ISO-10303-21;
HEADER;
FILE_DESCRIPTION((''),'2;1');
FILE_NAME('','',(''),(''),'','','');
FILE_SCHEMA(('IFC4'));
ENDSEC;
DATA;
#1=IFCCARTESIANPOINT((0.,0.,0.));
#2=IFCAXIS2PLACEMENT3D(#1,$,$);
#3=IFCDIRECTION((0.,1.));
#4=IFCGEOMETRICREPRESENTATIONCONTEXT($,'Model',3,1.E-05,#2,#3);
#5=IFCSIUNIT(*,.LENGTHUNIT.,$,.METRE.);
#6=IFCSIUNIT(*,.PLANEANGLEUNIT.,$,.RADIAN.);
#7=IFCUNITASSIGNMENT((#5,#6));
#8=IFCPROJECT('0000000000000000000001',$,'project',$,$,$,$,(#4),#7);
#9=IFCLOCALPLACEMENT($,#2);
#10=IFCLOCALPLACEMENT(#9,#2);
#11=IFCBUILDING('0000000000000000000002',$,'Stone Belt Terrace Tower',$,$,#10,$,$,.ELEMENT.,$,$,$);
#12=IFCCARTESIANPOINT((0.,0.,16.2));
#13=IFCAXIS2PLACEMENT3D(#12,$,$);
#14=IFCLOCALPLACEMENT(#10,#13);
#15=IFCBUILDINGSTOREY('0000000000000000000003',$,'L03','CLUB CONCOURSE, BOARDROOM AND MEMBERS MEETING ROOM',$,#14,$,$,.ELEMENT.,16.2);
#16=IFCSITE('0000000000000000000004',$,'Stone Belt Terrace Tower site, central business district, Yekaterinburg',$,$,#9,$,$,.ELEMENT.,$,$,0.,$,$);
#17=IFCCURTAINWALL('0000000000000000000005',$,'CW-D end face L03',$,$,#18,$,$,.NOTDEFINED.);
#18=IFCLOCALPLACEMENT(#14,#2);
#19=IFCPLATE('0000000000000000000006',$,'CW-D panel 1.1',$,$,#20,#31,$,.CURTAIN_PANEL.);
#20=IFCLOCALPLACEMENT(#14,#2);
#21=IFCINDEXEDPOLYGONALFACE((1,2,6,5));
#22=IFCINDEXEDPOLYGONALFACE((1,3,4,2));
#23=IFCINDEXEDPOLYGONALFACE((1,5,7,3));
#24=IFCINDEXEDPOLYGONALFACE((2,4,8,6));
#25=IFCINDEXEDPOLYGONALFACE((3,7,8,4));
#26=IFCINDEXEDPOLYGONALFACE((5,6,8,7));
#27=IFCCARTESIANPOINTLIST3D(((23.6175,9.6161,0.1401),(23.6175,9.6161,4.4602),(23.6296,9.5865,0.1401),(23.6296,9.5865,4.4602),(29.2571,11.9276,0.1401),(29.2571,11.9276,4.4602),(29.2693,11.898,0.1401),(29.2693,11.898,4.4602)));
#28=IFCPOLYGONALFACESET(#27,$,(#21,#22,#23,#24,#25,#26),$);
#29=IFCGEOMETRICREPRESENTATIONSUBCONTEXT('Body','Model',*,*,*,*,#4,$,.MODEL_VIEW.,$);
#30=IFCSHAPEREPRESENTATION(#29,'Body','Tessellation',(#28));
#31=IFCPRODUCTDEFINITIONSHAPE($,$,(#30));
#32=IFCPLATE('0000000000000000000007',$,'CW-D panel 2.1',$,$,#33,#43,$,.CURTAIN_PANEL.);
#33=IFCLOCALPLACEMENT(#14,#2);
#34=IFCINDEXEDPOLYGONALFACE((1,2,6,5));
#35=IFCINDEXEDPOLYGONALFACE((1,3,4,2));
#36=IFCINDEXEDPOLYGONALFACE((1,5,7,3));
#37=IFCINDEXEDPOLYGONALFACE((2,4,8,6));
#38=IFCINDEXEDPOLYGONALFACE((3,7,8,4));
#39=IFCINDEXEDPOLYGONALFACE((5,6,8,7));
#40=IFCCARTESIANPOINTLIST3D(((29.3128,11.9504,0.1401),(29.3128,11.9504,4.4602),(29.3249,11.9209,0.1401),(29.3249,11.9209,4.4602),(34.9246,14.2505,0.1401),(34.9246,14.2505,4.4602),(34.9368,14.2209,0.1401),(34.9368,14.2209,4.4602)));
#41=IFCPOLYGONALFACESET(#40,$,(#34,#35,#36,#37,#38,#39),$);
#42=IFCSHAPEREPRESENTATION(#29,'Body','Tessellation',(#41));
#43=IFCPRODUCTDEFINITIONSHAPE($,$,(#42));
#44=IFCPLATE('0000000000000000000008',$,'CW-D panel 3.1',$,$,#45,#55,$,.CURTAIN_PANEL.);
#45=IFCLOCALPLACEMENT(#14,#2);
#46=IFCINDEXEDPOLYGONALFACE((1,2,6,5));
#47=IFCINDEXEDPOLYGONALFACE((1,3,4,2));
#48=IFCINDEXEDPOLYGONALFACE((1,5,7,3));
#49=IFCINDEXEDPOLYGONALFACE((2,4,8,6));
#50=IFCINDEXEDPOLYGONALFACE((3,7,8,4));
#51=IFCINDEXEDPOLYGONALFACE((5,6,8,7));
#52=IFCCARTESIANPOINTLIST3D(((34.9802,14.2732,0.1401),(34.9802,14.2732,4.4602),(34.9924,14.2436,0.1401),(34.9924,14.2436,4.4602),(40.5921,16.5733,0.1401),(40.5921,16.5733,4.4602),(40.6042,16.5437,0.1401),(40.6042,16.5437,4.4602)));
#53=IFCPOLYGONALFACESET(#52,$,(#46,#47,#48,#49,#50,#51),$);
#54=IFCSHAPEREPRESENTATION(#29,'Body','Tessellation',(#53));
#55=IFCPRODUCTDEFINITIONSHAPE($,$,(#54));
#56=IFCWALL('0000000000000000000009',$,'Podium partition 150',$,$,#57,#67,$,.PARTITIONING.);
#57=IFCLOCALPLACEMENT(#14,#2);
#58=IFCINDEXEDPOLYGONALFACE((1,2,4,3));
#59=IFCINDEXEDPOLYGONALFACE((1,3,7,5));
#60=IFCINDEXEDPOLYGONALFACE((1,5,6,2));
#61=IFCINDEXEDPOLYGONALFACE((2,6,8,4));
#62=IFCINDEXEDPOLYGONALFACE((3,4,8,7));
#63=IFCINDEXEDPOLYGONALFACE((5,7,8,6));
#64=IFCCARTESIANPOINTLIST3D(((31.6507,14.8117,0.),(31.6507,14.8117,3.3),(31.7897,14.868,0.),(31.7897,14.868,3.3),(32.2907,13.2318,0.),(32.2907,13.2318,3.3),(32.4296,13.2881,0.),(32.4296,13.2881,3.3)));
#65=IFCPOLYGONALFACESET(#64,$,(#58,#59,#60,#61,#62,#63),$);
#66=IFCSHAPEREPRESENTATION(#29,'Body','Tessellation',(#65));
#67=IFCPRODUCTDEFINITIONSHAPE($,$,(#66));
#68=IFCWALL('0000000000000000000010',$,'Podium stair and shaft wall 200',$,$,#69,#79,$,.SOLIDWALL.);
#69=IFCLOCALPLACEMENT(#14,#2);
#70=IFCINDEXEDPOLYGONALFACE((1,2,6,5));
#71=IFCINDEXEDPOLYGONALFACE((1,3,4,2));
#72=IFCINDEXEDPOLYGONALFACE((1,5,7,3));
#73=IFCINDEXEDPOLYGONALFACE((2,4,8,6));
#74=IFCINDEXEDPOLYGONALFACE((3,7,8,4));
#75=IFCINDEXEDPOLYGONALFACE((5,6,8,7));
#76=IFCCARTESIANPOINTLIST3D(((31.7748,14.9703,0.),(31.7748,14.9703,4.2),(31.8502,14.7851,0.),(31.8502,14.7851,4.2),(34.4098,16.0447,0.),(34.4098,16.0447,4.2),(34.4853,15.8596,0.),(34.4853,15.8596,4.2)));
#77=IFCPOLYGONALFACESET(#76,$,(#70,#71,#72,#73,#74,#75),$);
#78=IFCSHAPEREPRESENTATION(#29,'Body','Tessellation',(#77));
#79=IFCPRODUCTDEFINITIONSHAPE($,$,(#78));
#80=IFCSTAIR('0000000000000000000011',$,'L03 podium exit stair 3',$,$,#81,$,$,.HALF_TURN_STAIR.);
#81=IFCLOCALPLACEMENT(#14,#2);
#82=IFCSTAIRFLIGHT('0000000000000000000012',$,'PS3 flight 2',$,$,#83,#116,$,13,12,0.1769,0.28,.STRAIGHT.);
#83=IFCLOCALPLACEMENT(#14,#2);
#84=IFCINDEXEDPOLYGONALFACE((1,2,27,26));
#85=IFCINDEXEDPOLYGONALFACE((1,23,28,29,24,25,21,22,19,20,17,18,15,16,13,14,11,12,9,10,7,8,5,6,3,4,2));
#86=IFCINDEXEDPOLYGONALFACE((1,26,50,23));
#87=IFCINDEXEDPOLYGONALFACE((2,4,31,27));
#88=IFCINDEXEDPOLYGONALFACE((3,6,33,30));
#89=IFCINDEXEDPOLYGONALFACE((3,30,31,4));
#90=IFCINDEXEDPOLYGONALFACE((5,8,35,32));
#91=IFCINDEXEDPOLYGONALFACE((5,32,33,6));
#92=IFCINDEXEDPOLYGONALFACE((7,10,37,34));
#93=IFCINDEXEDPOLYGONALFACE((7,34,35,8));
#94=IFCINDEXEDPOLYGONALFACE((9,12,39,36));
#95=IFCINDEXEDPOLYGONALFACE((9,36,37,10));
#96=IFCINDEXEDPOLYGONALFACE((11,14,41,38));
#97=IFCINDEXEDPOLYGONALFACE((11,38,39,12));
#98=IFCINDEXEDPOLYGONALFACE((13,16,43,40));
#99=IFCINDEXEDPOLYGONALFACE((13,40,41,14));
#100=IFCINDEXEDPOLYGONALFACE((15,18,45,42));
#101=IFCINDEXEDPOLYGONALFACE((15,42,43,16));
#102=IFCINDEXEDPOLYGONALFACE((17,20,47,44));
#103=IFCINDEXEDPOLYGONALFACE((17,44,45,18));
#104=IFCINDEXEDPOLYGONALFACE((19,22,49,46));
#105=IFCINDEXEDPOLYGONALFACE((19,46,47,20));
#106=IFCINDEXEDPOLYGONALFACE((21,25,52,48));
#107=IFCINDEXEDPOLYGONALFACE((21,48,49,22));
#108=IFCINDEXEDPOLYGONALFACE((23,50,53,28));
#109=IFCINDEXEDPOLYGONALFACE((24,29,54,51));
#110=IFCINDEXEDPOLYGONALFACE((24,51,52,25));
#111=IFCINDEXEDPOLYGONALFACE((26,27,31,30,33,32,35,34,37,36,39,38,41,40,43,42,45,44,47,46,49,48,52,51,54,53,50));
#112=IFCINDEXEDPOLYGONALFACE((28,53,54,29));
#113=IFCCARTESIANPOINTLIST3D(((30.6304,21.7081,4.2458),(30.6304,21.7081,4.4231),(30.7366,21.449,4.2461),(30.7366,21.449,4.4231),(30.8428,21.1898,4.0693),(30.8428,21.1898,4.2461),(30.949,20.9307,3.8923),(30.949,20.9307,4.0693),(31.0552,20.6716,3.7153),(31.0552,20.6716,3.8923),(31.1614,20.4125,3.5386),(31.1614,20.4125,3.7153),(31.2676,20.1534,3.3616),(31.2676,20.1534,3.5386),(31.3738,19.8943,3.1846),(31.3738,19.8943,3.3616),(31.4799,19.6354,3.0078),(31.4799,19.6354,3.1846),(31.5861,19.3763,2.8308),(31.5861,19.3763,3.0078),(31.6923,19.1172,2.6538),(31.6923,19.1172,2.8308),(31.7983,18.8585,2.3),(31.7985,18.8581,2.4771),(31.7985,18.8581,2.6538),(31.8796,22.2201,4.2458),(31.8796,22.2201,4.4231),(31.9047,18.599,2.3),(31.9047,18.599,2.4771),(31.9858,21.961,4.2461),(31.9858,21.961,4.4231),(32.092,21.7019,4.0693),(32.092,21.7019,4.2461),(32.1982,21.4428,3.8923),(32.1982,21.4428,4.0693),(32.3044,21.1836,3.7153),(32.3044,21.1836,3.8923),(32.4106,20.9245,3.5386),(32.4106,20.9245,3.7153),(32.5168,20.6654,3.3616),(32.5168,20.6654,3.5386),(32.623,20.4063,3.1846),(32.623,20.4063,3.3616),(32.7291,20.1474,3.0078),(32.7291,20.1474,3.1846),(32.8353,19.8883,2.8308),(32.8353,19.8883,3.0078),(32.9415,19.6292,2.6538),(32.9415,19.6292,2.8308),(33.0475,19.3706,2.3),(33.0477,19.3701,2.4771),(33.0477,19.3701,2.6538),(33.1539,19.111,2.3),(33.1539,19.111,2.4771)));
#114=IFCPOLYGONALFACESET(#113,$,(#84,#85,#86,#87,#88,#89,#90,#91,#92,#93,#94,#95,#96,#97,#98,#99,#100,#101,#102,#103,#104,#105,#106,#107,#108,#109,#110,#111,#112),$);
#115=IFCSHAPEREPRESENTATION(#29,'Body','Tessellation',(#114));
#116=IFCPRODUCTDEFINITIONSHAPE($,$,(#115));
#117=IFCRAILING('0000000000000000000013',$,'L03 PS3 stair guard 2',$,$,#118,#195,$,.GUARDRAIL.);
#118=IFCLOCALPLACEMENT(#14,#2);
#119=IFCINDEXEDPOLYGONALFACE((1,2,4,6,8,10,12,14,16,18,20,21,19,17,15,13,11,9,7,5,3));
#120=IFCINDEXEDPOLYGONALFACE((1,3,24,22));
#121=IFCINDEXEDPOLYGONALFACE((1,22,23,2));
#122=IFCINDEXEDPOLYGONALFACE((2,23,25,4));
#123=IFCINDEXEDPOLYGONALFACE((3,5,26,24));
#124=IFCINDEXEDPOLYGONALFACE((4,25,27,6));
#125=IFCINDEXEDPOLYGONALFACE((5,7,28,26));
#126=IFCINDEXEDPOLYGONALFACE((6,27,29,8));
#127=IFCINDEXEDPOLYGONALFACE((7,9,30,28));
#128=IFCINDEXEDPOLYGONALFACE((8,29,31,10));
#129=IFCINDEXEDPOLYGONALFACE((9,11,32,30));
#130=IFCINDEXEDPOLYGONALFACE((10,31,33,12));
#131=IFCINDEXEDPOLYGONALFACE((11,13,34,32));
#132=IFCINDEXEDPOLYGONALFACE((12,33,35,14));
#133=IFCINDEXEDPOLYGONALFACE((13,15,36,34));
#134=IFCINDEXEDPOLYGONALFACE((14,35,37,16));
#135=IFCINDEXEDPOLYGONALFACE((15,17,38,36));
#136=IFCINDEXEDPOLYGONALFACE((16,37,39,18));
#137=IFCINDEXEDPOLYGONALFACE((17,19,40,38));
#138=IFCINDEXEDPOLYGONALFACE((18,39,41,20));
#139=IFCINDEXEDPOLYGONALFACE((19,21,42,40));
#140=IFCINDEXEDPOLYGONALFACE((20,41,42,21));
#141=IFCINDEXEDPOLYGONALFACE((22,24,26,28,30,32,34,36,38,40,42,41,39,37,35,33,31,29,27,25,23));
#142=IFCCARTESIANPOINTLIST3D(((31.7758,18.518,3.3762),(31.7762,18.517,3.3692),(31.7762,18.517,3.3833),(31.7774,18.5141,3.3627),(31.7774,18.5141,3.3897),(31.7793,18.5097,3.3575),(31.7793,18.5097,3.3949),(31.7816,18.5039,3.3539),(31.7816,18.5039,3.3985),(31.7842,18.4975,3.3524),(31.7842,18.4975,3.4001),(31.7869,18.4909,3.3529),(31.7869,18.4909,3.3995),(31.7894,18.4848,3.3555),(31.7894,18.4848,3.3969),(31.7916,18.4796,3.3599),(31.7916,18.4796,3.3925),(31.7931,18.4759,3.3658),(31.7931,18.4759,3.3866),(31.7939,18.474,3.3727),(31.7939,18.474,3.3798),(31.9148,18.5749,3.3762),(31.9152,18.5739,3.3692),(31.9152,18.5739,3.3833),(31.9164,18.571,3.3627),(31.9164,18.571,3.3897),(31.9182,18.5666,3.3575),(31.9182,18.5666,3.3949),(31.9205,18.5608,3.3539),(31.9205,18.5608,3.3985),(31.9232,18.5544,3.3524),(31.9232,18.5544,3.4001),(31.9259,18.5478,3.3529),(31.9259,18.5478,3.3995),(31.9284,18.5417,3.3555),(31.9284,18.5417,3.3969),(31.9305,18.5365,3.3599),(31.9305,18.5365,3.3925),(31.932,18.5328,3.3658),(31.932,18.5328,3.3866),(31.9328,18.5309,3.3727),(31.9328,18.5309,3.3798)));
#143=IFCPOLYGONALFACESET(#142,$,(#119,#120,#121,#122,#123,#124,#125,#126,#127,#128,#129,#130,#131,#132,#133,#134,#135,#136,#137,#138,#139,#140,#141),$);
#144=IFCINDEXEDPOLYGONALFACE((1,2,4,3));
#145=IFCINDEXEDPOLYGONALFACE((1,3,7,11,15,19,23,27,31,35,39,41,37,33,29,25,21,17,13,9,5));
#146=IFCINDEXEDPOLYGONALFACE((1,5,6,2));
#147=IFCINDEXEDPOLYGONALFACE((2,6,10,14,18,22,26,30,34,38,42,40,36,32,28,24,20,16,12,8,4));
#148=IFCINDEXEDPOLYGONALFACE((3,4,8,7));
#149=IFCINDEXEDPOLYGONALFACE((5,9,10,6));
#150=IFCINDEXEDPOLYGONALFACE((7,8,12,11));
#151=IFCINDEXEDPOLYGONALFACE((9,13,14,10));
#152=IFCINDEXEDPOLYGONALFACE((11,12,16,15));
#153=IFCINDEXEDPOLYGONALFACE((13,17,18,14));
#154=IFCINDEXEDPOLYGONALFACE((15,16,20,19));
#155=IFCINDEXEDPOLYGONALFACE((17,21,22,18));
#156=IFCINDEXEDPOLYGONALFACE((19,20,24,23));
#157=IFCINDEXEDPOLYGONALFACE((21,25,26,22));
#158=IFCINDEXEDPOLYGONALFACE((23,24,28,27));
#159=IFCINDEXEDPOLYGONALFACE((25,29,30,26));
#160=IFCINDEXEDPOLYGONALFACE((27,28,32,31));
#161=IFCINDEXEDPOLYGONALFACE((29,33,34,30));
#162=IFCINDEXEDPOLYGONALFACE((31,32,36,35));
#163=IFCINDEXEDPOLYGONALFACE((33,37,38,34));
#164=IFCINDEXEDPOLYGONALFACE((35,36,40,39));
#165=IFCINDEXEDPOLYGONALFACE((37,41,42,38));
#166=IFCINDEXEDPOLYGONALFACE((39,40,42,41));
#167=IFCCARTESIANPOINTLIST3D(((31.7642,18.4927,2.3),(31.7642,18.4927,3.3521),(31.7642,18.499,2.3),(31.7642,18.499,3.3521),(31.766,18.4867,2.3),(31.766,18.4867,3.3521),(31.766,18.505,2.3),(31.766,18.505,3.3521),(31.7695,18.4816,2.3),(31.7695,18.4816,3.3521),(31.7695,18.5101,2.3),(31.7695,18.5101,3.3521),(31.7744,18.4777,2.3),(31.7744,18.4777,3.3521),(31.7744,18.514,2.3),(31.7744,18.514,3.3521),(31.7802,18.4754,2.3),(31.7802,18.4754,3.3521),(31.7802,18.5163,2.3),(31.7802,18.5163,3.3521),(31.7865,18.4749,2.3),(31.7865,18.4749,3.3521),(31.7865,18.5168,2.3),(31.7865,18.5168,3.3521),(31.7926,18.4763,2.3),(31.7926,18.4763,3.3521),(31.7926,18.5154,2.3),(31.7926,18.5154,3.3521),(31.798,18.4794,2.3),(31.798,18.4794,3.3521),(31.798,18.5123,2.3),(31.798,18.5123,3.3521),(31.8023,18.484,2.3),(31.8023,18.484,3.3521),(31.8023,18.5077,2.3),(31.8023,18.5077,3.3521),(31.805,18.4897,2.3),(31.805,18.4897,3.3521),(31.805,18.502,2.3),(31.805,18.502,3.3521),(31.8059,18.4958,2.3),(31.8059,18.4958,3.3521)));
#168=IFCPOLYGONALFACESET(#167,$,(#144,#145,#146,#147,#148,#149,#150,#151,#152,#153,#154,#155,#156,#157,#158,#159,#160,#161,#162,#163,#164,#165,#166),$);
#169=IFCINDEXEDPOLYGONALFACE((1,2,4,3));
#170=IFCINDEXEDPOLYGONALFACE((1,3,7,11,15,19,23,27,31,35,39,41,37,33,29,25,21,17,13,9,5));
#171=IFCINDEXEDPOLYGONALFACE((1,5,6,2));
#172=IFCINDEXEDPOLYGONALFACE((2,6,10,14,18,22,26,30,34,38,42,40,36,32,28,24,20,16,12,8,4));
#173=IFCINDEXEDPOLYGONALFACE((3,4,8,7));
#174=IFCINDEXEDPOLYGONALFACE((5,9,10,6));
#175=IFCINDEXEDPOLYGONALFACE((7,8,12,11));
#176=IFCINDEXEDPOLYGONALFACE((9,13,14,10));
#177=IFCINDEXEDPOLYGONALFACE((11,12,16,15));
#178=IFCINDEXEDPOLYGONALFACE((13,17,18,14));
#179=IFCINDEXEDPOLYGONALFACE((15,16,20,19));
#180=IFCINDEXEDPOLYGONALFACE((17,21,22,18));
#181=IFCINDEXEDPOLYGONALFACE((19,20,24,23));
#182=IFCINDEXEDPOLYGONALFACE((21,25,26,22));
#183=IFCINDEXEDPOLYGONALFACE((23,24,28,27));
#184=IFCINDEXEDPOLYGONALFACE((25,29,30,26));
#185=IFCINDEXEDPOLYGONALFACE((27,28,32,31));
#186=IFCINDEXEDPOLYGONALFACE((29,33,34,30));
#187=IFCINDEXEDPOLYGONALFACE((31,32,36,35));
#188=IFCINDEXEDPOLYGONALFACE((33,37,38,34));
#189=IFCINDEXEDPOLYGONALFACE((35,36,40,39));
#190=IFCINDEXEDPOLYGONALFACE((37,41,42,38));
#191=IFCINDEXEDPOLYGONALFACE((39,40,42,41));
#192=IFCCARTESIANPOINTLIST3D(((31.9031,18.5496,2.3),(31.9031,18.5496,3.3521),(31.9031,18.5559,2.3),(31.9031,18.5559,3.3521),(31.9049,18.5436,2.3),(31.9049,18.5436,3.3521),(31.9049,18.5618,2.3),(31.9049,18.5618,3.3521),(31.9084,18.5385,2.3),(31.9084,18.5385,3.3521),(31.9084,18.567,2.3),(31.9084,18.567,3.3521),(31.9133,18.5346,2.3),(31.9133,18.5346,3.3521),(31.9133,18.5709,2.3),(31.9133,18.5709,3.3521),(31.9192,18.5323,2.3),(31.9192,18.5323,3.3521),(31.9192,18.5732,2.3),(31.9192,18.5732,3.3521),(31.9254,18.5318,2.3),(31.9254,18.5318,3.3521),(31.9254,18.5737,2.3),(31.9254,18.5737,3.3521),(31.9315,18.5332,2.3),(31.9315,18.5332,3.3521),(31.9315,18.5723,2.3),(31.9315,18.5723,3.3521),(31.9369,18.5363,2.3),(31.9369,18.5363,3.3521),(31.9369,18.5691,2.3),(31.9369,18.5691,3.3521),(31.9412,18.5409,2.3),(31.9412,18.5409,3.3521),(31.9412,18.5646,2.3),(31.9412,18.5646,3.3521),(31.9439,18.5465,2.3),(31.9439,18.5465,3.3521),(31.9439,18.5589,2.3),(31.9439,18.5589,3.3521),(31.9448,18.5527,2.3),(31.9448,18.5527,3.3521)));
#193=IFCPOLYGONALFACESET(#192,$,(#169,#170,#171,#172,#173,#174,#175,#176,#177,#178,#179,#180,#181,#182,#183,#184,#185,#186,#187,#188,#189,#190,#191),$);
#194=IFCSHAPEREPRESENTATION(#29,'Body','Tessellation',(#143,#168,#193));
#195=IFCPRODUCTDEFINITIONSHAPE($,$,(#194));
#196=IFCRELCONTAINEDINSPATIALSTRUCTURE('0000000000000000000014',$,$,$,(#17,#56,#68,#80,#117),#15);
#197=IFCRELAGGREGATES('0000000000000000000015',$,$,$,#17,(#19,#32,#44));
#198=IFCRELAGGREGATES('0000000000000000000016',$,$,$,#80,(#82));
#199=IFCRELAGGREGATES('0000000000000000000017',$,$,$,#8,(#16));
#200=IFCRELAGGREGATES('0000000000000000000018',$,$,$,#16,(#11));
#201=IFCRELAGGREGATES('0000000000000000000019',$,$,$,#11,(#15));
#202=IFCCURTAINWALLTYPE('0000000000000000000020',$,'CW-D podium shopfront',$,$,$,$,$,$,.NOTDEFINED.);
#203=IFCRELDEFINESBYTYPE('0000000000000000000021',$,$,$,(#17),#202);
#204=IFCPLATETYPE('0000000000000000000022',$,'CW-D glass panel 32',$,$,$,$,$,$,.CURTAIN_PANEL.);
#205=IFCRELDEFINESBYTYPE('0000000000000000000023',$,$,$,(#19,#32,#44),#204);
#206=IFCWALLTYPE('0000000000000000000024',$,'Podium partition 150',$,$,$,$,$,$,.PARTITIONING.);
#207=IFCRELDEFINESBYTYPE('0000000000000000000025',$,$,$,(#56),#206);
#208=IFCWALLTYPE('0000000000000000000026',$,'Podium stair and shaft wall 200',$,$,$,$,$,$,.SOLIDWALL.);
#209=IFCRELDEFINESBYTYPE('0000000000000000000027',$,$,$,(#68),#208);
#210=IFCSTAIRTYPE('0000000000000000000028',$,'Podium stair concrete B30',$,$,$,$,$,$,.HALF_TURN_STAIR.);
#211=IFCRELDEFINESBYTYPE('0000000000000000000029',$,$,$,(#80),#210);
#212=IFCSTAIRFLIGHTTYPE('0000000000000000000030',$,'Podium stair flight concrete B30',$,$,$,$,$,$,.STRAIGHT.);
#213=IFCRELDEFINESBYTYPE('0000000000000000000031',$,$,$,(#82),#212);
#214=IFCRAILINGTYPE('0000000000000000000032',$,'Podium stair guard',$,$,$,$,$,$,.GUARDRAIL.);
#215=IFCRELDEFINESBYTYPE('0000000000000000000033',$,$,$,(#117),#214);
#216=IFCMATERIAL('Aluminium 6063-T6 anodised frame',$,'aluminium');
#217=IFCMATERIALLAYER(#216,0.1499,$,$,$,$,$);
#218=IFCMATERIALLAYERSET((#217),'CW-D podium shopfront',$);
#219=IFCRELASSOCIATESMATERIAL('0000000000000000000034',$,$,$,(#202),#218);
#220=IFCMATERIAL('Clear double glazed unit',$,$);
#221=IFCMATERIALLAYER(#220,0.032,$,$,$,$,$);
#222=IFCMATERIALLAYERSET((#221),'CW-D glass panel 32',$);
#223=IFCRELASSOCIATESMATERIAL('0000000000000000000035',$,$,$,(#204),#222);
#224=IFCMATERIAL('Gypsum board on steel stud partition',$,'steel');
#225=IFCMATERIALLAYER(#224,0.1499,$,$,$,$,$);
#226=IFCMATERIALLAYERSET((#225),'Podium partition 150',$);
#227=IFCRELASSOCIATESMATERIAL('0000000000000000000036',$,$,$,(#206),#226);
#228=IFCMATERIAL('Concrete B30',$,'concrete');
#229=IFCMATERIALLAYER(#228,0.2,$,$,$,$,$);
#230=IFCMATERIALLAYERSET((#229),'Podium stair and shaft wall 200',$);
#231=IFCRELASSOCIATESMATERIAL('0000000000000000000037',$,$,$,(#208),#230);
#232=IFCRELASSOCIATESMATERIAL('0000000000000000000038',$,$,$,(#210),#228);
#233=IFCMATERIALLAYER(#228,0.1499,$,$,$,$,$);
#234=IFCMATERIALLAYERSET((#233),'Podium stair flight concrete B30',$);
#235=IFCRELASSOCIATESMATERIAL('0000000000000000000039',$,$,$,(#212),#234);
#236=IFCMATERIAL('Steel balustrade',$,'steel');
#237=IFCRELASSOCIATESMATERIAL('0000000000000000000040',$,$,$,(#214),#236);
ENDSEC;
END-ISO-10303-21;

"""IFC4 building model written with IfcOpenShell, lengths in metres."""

from ifc_helpers import new_model, si_unit, direction, frame, frame_2d, origin, origin_2d, place, context, subcontext, project, spatial, polyline, rectangle, circle, outline, extrude, material, layer, layer_set, type_object, element, aggregate, save


model = new_model("IFC4")

# Units and contexts
model_context = context("Model", 3, precision=1e-05, world=origin(), true_north=direction((0.0, 1.0)))
body_context = subcontext(model_context, "Body", "Model", "MODEL_VIEW")
ifc_project = project(units=[si_unit("LENGTHUNIT", "METRE"), si_unit("PLANEANGLEUNIT", "RADIAN")], contexts=[model_context])

# Site, building, storey
site_placement = place(None, origin())
site = spatial("IfcSite", under=ifc_project, at=site_placement, Name="Stone Belt Terrace Tower site, central business district, Yekaterinburg", CompositionType="ELEMENT", RefElevation=0.0)
building_placement = place(site_placement, origin())
building = spatial("IfcBuilding", under=site, at=building_placement, Name="Stone Belt Terrace Tower", CompositionType="ELEMENT")
storey_placement = place(building_placement, frame((0.0, 0.0, 16.2)))
storey = spatial("IfcBuildingStorey", under=building, at=storey_placement, Name="L03", Description="CLUB CONCOURSE, BOARDROOM AND MEMBERS MEETING ROOM", CompositionType="ELEMENT", Elevation=16.2)

# Curtain wall
ifc_material_1 = material(Name="Aluminium 6063-T6 anodised frame", Category="aluminium")
ifc_layer_1 = layer(ifc_material_1, 0.1499)
ifc_layer_set_1 = layer_set([ifc_layer_1], Name="CW-D podium shopfront")
curtain_wall_type = type_object("IfcCurtainWallType", Name="CW-D podium shopfront", PredefinedType="NOTDEFINED", material=ifc_layer_set_1)
curtain_wall_placement = place(storey_placement, origin())
curtain_wall = element("IfcCurtainWall", 1, at=curtain_wall_placement, inside=storey, type_object=curtain_wall_type, Name="CW-D end face L03", PredefinedType="NOTDEFINED")

# Plates
ifc_material_2 = material(Name="Clear double glazed unit")
ifc_layer_2 = layer(ifc_material_2, 0.032)
ifc_layer_set_2 = layer_set([ifc_layer_2], Name="CW-D glass panel 32")
plate_type = type_object("IfcPlateType", Name="CW-D glass panel 32", PredefinedType="CURTAIN_PANEL", material=ifc_layer_set_2)
plate_1_placement = place(storey_placement, frame((26.4434, 10.7571, 0.1401), z_axis=(0.0, 0.0, 1.0), x_axis=(0.925297, 0.379243, 0.0)))
plate_1 = element("IfcPlate", 2, at=plate_1_placement, type_object=plate_type, Name="CW-D panel 1.1", PredefinedType="CURTAIN_PANEL", context=body_context, shape_type="SweptSolid", body=[
    extrude(rectangle(XDim=6.095, YDim=0.032, at=origin_2d()), origin(), (0.0, 0.0, 1.0), 4.3201),
])
plate_2_placement = place(storey_placement, frame((32.1248, 13.0857, 0.1401), z_axis=(0.0, 0.0, 1.0), x_axis=(0.925297, 0.379243, 0.0)))
plate_2 = element("IfcPlate", 3, at=plate_2_placement, type_object=plate_type, Name="CW-D panel 2.1", PredefinedType="CURTAIN_PANEL", context=body_context, shape_type="SweptSolid", body=[
    extrude(rectangle(XDim=6.0649, YDim=0.032, at=origin_2d()), origin(), (0.0, 0.0, 1.0), 4.3201),
])
plate_3_placement = place(storey_placement, frame((37.7922, 15.4084, 0.1401), z_axis=(0.0, 0.0, 1.0), x_axis=(0.925297, 0.379243, 0.0)))
plate_3 = element("IfcPlate", 4, at=plate_3_placement, type_object=plate_type, Name="CW-D panel 3.1", PredefinedType="CURTAIN_PANEL", context=body_context, shape_type="SweptSolid", body=[
    extrude(rectangle(XDim=6.0649, YDim=0.032, at=origin_2d()), origin(), (0.0, 0.0, 1.0), 4.3201),
])
aggregate(curtain_wall, [plate_1, plate_2, plate_3])

# Walls
ifc_material_3 = material(Name="Gypsum board on steel stud partition", Category="steel")
ifc_layer_3 = layer(ifc_material_3, 0.1499)
ifc_layer_set_3 = layer_set([ifc_layer_3], Name="Podium partition 150")
wall_type_1 = type_object("IfcWallType", Name="Podium partition 150", PredefinedType="PARTITIONING", material=ifc_layer_set_3)
wall_1_placement = place(storey_placement, frame((31.7202, 14.8398, 0.0), z_axis=(0.0, 0.0, 1.0), x_axis=(0.375413, -0.926858, 0.0)))
element("IfcWall", 5, at=wall_1_placement, inside=storey, type_object=wall_type_1, Name="Podium partition 150", PredefinedType="PARTITIONING", context=body_context, shape_type="SweptSolid", body=[
    extrude(rectangle(XDim=1.7046, YDim=0.1499, at=frame_2d((0.8523, 0.0))), origin(), (0.0, 0.0, 1.0), 3.3),
])
ifc_material_4 = material(Name="Concrete B30", Category="concrete")
ifc_layer_4 = layer(ifc_material_4, 0.2)
ifc_layer_set_4 = layer_set([ifc_layer_4], Name="Podium stair and shaft wall 200")
wall_type_2 = type_object("IfcWallType", Name="Podium stair and shaft wall 200", PredefinedType="SOLIDWALL", material=ifc_layer_set_4)
wall_2_placement = place(storey_placement, frame((31.8125, 14.8777, 0.0), z_axis=(0.0, 0.0, 1.0), x_axis=(0.925977, 0.37758, 0.0)))
element("IfcWall", 6, at=wall_2_placement, inside=storey, type_object=wall_type_2, Name="Podium stair and shaft wall 200", PredefinedType="SOLIDWALL", context=body_context, shape_type="SweptSolid", body=[
    extrude(rectangle(XDim=2.8457, YDim=0.2, at=frame_2d((1.4229, 0.0))), origin(), (0.0, 0.0, 1.0), 4.2),
])

# Stair, stair flight
stair_type = type_object("IfcStairType", Name="Podium stair concrete B30", PredefinedType="HALF_TURN_STAIR", material=ifc_material_4)
stair_placement = place(storey_placement, origin())
stair = element("IfcStair", 7, at=stair_placement, inside=storey, type_object=stair_type, Name="L03 podium exit stair 3", PredefinedType="HALF_TURN_STAIR")
ifc_layer_5 = layer(ifc_material_4, 0.1499)
ifc_layer_set_5 = layer_set([ifc_layer_5], Name="Podium stair flight concrete B30")
stair_flight_type = type_object("IfcStairFlightType", Name="Podium stair flight concrete B30", PredefinedType="STRAIGHT", material=ifc_layer_set_5)
stair_flight_placement = place(storey_placement, frame((32.5293, 18.855, 2.3), z_axis=(0.0, 0.0, 1.0), x_axis=(-0.379243, 0.925297, 0.0)))
stair_flight = element("IfcStairFlight", 8, at=stair_flight_placement, type_object=stair_flight_type, Name="PS3 flight 2", NumberOfRisers=13, NumberOfTreads=12, PredefinedType="STRAIGHT", RiserHeight=0.1769, TreadLength=0.28, context=body_context, shape_type="SweptSolid", body=[
    extrude(outline(polyline([(0.0, 0.0), (0.0, 0.177), (0.28, 0.177), (0.28, 0.3538), (0.5601, 0.3538), (0.5601, 0.5308), (0.8401, 0.5308), (0.8401, 0.7078), (1.1201, 0.7078), (1.1201, 0.8845), (1.3999, 0.8845), (1.3999, 1.0615), (1.6799, 1.0615), (1.6799, 1.2385), (1.96, 1.2385), (1.96, 1.4153), (2.24, 1.4153), (2.24, 1.5923), (2.52, 1.5923), (2.52, 1.7693), (2.8, 1.7693), (2.8, 1.946), (3.0801, 1.946), (3.0801, 2.123), (3.3601, 2.123), (3.3601, 2.3), (3.3601, 1.9458), (0.2805, 0.0), (0.0, 0.0)])), frame((0.0, 0.675, 0.0), z_axis=(0.0, -1.0, 0.0), x_axis=(1.0, 0.0, 0.0)), (0.0, 0.0, 1.0), 1.3501),
])
aggregate(stair, [stair_flight])

# Railing
ifc_material_5 = material(Name="Steel balustrade", Category="steel")
railing_type_1 = type_object("IfcRailingType", Name="Podium stair guard", PredefinedType="GUARDRAIL", material=ifc_material_5)
railing_1_placement = place(storey_placement, frame((31.7849, 18.4958, 2.3)))
element("IfcRailing", 9, at=railing_1_placement, inside=storey, type_object=railing_type_1, Name="L03 PS3 stair guard 2", PredefinedType="GUARDRAIL", context=body_context, shape_type="SweptSolid", body=[
    extrude(circle(Radius=0.0239, at=origin_2d()), frame((0.0, 0.0, 1.0762), z_axis=(0.925417, 0.378949, 0.0), x_axis=(-0.378949, 0.925417, 0.0)), (0.0, 0.0, 1.0), 0.1501),
    extrude(circle(Radius=0.021, at=origin_2d()), origin(), (0.0, 0.0, 1.0), 1.052),
    extrude(circle(Radius=0.021, at=origin_2d()), frame((0.1389, 0.0569, 0.0)), (0.0, 0.0, 1.0), 1.052),
])

save(model, "model.ifc")
